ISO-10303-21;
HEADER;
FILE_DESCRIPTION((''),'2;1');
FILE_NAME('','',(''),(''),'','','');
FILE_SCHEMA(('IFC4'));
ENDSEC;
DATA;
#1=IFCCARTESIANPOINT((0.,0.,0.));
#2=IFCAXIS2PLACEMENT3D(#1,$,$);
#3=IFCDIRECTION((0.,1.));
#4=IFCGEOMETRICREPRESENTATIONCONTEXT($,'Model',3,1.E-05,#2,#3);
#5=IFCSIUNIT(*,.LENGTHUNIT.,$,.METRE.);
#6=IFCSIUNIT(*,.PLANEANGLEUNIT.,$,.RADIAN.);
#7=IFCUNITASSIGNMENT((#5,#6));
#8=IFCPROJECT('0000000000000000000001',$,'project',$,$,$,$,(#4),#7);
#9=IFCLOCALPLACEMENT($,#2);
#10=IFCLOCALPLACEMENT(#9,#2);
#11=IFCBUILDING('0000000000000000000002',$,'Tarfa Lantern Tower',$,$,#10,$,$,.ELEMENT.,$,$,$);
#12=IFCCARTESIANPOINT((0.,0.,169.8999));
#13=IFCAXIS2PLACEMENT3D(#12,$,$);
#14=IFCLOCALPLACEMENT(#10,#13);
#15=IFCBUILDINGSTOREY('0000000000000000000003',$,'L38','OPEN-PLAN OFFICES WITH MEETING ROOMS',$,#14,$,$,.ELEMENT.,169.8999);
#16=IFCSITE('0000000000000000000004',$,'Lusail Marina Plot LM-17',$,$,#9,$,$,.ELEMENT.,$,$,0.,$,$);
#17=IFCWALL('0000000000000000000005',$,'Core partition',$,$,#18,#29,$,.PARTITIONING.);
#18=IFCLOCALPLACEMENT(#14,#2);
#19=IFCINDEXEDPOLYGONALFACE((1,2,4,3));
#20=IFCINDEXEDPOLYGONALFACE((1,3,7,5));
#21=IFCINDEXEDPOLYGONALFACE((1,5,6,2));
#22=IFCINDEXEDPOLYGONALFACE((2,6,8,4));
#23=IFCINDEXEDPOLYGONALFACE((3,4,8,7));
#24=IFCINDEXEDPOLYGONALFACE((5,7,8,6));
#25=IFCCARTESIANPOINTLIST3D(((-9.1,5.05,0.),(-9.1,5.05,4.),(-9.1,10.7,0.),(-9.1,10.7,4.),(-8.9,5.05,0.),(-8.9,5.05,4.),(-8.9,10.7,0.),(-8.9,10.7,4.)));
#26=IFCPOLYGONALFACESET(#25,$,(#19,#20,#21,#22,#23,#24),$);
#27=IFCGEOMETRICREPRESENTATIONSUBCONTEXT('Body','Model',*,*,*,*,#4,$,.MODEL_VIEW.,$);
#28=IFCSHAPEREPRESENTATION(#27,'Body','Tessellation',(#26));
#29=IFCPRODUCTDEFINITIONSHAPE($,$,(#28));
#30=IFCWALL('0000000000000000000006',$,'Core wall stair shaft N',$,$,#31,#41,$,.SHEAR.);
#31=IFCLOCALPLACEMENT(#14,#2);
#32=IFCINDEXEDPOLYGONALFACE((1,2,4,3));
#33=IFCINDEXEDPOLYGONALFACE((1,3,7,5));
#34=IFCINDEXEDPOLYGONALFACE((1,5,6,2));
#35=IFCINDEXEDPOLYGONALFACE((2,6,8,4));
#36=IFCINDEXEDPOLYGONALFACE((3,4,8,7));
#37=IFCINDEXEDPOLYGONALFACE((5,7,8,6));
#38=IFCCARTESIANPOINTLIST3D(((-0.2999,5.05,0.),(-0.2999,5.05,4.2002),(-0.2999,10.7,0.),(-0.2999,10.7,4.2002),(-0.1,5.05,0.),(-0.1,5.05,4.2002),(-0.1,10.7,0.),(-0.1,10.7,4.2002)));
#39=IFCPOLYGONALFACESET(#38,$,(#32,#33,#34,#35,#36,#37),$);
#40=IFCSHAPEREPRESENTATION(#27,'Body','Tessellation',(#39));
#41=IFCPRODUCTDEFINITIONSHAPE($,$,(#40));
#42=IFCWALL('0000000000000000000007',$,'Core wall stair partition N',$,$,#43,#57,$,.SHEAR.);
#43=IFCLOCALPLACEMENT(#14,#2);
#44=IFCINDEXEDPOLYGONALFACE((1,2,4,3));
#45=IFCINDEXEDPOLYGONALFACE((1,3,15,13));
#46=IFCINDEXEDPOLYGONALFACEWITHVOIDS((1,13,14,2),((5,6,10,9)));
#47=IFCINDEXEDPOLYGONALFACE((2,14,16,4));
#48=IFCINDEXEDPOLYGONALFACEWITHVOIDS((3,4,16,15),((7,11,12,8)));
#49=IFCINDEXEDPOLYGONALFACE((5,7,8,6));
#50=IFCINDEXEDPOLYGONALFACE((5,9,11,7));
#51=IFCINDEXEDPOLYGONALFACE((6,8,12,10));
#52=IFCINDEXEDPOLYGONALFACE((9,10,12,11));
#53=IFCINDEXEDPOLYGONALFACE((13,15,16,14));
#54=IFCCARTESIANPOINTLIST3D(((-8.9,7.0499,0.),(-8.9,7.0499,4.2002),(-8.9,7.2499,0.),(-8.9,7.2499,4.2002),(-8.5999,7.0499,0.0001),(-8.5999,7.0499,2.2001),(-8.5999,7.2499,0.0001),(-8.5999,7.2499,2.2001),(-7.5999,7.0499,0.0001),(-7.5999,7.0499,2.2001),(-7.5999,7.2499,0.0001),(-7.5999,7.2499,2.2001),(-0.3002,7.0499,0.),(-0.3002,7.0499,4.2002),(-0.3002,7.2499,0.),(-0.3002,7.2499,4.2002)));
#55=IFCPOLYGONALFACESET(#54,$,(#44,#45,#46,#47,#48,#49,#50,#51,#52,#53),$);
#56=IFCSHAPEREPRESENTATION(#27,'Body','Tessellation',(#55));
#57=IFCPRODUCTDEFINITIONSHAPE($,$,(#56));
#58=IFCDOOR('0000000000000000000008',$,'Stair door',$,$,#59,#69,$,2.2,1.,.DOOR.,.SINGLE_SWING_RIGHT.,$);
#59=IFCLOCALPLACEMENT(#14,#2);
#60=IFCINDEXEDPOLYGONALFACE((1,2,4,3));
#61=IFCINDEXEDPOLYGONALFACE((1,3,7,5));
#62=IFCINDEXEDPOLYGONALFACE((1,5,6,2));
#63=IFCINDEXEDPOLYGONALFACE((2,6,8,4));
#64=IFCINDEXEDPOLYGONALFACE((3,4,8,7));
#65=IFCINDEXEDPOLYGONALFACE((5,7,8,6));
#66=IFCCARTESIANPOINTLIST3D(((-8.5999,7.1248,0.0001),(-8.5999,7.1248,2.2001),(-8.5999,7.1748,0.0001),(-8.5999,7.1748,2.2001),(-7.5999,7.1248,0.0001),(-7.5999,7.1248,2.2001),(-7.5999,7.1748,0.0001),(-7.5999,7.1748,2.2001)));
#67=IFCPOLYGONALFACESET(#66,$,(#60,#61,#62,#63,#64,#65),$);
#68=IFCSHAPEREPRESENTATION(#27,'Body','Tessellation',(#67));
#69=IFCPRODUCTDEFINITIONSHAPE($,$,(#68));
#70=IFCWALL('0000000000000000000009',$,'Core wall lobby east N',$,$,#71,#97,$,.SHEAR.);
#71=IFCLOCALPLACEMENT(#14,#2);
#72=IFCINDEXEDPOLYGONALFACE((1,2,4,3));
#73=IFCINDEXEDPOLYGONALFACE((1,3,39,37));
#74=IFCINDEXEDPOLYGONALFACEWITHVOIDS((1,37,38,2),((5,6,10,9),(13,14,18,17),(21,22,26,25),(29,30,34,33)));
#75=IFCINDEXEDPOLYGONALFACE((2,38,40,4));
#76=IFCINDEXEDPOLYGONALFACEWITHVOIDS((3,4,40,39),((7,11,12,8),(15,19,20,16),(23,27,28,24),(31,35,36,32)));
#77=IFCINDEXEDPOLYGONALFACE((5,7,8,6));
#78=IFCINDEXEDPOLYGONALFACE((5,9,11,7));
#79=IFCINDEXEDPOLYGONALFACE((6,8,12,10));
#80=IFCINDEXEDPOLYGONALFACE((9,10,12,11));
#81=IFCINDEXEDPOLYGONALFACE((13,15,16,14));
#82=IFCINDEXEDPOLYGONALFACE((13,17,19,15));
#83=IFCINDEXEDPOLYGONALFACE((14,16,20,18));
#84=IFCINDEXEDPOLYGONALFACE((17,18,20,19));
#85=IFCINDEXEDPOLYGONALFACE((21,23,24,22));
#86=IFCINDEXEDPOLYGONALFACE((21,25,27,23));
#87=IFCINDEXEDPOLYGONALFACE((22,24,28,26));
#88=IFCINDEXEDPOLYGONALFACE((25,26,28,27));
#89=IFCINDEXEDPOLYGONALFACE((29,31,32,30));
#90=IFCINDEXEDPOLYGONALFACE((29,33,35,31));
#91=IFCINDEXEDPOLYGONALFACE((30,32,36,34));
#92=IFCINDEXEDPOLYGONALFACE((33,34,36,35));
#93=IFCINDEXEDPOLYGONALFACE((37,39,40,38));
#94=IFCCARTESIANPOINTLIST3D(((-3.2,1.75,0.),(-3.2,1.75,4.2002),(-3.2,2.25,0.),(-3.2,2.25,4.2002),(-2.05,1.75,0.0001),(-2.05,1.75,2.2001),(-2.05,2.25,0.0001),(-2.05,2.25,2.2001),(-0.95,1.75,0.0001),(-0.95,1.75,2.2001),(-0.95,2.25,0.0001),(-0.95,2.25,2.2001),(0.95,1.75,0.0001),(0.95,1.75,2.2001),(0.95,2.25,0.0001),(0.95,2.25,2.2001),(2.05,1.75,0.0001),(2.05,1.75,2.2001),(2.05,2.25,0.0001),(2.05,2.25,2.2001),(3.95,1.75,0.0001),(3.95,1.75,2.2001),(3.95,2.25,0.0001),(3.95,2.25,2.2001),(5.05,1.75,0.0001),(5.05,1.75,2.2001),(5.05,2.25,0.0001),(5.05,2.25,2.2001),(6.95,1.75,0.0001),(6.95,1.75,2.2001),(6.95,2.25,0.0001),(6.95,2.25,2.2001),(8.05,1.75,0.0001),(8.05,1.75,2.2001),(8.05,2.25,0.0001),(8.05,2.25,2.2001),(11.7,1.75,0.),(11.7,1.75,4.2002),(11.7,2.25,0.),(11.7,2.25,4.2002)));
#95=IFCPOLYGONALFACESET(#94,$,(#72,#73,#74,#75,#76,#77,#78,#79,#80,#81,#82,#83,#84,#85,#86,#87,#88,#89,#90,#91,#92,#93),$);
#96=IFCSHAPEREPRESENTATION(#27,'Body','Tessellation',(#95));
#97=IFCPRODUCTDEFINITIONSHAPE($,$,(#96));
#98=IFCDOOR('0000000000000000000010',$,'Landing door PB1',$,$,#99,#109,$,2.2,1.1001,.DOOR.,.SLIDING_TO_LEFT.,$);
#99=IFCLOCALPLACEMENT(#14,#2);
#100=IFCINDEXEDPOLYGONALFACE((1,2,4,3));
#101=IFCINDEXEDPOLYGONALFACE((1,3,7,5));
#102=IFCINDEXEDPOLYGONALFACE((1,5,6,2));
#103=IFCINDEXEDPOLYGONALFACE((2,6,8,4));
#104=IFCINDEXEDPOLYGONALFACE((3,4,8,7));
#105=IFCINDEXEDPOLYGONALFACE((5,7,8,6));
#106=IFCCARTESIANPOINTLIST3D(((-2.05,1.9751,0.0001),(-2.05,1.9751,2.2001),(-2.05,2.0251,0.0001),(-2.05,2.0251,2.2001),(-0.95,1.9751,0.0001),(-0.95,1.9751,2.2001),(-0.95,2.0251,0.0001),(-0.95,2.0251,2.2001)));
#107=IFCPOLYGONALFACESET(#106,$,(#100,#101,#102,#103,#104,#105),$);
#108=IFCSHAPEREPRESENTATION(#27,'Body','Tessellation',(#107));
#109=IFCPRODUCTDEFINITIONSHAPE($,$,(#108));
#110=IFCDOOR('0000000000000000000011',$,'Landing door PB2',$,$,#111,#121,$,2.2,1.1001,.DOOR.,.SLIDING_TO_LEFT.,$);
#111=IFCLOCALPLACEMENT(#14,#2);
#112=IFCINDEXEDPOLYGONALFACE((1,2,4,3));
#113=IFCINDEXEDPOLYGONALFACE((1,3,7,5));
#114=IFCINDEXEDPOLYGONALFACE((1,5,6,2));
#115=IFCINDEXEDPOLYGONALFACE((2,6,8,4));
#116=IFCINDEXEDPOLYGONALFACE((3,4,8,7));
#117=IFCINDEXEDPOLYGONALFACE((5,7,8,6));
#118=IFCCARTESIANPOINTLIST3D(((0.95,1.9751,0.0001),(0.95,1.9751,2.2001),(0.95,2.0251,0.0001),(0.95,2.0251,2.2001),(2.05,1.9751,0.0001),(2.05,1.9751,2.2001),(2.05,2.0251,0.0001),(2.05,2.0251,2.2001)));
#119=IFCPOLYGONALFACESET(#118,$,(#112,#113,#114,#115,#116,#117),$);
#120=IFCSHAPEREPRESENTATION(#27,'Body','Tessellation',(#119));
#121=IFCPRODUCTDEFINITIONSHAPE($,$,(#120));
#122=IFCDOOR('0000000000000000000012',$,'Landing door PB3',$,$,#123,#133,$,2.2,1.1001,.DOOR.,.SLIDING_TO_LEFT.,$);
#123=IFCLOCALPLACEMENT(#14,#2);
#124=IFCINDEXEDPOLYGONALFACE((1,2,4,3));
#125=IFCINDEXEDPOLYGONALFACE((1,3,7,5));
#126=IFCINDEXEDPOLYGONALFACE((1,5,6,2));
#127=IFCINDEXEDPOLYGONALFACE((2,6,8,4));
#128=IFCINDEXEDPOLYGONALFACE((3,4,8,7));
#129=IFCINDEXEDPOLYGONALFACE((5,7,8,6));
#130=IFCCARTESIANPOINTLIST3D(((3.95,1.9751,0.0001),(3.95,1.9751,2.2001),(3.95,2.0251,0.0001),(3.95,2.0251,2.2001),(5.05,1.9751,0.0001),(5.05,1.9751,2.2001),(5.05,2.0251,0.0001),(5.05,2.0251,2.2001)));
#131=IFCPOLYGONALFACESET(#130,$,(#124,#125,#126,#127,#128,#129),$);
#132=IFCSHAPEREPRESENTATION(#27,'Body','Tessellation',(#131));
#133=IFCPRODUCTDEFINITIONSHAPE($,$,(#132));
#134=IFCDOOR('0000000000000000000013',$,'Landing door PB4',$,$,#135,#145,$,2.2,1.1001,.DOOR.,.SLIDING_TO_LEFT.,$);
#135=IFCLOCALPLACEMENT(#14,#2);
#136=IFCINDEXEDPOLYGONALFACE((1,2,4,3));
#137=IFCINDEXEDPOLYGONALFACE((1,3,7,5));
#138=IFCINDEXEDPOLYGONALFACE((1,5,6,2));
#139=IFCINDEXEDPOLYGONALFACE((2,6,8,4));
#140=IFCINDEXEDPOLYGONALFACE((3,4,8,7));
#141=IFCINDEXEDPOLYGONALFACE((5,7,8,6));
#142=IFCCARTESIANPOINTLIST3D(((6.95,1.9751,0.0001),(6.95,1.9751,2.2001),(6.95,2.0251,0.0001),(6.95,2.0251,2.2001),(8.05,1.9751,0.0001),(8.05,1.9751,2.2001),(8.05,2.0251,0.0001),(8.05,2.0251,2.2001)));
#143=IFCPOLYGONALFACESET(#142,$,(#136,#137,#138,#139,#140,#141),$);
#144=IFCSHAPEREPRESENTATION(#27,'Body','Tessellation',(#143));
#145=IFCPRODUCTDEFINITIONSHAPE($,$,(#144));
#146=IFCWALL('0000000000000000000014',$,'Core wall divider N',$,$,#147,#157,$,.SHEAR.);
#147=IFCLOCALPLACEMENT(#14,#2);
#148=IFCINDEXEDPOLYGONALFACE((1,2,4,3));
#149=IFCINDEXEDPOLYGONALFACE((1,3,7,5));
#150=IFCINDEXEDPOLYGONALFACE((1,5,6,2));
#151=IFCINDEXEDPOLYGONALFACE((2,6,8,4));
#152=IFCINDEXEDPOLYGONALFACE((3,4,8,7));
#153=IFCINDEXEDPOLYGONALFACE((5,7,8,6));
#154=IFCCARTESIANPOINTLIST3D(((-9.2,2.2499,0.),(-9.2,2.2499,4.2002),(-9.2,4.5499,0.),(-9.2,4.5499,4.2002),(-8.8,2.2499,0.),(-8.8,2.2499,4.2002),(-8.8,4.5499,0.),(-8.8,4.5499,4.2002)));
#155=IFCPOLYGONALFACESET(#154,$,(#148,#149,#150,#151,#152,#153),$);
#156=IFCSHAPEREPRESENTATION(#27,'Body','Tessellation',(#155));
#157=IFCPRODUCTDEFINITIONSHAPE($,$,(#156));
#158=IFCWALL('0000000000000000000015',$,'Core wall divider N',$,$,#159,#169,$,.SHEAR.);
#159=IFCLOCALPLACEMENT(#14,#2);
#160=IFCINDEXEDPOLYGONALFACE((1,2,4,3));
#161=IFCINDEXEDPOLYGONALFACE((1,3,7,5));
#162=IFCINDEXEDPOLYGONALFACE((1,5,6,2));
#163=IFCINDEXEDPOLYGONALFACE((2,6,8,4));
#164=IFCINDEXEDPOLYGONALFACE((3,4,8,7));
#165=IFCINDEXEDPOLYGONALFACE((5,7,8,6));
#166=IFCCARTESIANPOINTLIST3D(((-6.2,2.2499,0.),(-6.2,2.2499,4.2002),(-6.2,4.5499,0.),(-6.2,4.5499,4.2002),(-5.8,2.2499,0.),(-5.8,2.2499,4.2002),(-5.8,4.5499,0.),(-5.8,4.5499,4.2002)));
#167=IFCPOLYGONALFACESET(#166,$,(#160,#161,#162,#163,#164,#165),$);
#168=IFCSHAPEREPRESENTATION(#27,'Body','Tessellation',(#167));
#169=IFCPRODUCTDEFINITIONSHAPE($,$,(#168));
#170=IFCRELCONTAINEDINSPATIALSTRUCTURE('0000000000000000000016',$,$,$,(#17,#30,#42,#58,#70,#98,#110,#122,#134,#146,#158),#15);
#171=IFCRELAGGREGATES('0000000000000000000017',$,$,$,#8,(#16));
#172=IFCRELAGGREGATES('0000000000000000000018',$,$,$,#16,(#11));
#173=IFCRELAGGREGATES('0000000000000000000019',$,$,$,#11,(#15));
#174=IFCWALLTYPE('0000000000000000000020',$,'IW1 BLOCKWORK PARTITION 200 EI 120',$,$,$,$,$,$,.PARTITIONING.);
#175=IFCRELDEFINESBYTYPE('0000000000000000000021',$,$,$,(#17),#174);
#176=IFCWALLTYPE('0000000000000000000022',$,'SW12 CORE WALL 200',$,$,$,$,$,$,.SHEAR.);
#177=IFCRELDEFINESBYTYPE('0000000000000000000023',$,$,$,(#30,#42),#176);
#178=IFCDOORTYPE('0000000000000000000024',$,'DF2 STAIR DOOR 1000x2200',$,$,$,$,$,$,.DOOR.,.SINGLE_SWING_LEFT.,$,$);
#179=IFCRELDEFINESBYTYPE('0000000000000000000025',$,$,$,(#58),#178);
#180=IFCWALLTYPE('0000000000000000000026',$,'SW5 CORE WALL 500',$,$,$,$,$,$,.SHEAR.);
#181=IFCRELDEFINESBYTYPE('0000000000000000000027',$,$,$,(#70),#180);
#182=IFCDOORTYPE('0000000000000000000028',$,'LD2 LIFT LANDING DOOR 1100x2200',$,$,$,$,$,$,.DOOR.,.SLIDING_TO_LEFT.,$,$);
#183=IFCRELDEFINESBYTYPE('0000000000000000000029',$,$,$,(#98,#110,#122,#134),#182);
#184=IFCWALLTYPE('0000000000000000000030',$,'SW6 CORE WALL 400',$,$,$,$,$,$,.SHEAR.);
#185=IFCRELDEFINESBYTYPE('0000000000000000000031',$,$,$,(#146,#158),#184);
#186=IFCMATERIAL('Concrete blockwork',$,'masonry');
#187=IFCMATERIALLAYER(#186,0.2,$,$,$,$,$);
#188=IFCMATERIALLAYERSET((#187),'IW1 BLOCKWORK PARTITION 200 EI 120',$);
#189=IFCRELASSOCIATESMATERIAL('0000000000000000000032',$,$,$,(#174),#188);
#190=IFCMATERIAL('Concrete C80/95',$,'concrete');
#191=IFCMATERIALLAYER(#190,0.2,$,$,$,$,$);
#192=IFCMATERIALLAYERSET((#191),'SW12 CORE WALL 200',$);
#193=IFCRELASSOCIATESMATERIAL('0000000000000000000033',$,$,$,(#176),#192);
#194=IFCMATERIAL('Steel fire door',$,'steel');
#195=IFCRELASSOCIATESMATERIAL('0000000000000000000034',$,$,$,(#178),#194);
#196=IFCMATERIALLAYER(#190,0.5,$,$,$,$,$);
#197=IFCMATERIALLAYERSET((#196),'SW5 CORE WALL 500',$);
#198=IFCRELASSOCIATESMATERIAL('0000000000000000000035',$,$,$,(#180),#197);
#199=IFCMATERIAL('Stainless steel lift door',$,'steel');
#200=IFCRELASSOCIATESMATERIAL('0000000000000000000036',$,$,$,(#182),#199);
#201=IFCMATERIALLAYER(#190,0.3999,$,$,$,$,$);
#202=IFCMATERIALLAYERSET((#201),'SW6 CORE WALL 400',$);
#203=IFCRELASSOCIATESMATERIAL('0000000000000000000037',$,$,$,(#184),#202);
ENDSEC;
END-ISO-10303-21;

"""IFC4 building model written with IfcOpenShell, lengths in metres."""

from ifc_helpers import new_model, si_unit, direction, frame, frame_2d, origin, place, context, subcontext, project, spatial, rectangle, extrude, material, layer, layer_set, type_object, element, fill, save


model = new_model("IFC4")

# Units and contexts
model_context = context("Model", 3, precision=1e-05, world=origin(), true_north=direction((0.0, 1.0)))
body_context = subcontext(model_context, "Body", "Model", "MODEL_VIEW")
ifc_project = project(units=[si_unit("LENGTHUNIT", "METRE"), si_unit("PLANEANGLEUNIT", "RADIAN")], contexts=[model_context])

# Site, building, storey
site_placement = place(None, origin())
site = spatial("IfcSite", under=ifc_project, at=site_placement, Name="Lusail Marina Plot LM-17", CompositionType="ELEMENT", RefElevation=0.0)
building_placement = place(site_placement, origin())
building = spatial("IfcBuilding", under=site, at=building_placement, Name="Tarfa Lantern Tower", CompositionType="ELEMENT")
storey_placement = place(building_placement, frame((0.0, 0.0, 169.8999)))
storey = spatial("IfcBuildingStorey", under=building, at=storey_placement, Name="L38", Description="OPEN-PLAN OFFICES WITH MEETING ROOMS", CompositionType="ELEMENT", Elevation=169.8999)

# Walls
ifc_material_1 = material(Name="Concrete blockwork", Category="masonry")
ifc_layer_1 = layer(ifc_material_1, 0.2)
ifc_layer_set_1 = layer_set([ifc_layer_1], Name="IW1 BLOCKWORK PARTITION 200 EI 120")
wall_type_1 = type_object("IfcWallType", Name="IW1 BLOCKWORK PARTITION 200 EI 120", PredefinedType="PARTITIONING", material=ifc_layer_set_1)
wall_1_placement = place(storey_placement, frame((-9.0, 5.05, 0.0), z_axis=(0.0, 0.0, 1.0), x_axis=(0.0, 1.0, 0.0)))
element("IfcWall", 1, at=wall_1_placement, inside=storey, type_object=wall_type_1, Name="Core partition", PredefinedType="PARTITIONING", context=body_context, shape_type="SweptSolid", body=[
    extrude(rectangle(XDim=5.6499, YDim=0.2, at=frame_2d((2.825, 0.0))), origin(), (0.0, 0.0, 1.0), 4.0),
])
ifc_material_2 = material(Name="Concrete C80/95", Category="concrete")
ifc_layer_2 = layer(ifc_material_2, 0.2)
ifc_layer_set_2 = layer_set([ifc_layer_2], Name="SW12 CORE WALL 200")
wall_type_2 = type_object("IfcWallType", Name="SW12 CORE WALL 200", PredefinedType="SHEAR", material=ifc_layer_set_2)
wall_2_placement = place(storey_placement, frame((-0.2, 5.05, 0.0), z_axis=(0.0, 0.0, 1.0), x_axis=(0.0, 1.0, 0.0)))
element("IfcWall", 2, at=wall_2_placement, inside=storey, type_object=wall_type_2, Name="Core wall stair shaft N", PredefinedType="SHEAR", context=body_context, shape_type="SweptSolid", body=[
    extrude(rectangle(XDim=5.6499, YDim=0.2, at=frame_2d((2.825, 0.0))), origin(), (0.0, 0.0, 1.0), 4.2002),
])

# Wall, opening, door
wall_3_placement = place(storey_placement, frame((-8.8999, 7.1499, 0.0), z_axis=(0.0, 0.0, 1.0), x_axis=(1.0, 0.0, 0.0)))
wall_3 = element("IfcWall", 3, at=wall_3_placement, inside=storey, type_object=wall_type_2, Name="Core wall stair partition N", PredefinedType="SHEAR", context=body_context, shape_type="SweptSolid", body=[
    extrude(rectangle(XDim=8.5999, YDim=0.2, at=frame_2d((4.2998, 0.0))), origin(), (0.0, 0.0, 1.0), 4.2002),
])
opening_1_placement = place(wall_3_placement, frame((0.3, 0.0, 0.0)))
opening_1 = element("IfcOpeningElement", 4, at=opening_1_placement, cuts=wall_3, PredefinedType="OPENING", context=body_context, shape_type="SweptSolid", body=[
    extrude(rectangle(XDim=1.0, YDim=2.2, at=frame_2d((0.5, 1.1001))), frame((0.0, 0.1099, 0.0), z_axis=(0.0, -1.0, 0.0), x_axis=(1.0, 0.0, 0.0)), (0.0, 0.0, 1.0), 0.22),
])
ifc_material_3 = material(Name="Steel fire door", Category="steel")
door_type_1 = type_object("IfcDoorType", Name="DF2 STAIR DOOR 1000x2200", OperationType="SINGLE_SWING_LEFT", PredefinedType="DOOR", material=ifc_material_3)
door_1_placement = place(opening_1_placement, origin())
door_1 = element("IfcDoor", 5, at=door_1_placement, inside=storey, type_object=door_type_1, Name="Stair door", OperationType="SINGLE_SWING_RIGHT", OverallHeight=2.2, OverallWidth=1.0, PredefinedType="DOOR", context=body_context, shape_type="SweptSolid", body=[
    extrude(rectangle(XDim=1.0, YDim=2.2, at=frame_2d((0.5, 1.1001))), frame((0.0, 0.0249, 0.0), z_axis=(0.0, -1.0, 0.0), x_axis=(1.0, 0.0, 0.0)), (0.0, 0.0, 1.0), 0.05),
])
fill(opening_1, door_1)

# Wall, openings, doors
ifc_layer_3 = layer(ifc_material_2, 0.5)
ifc_layer_set_3 = layer_set([ifc_layer_3], Name="SW5 CORE WALL 500")
wall_type_3 = type_object("IfcWallType", Name="SW5 CORE WALL 500", PredefinedType="SHEAR", material=ifc_layer_set_3)
wall_4_placement = place(storey_placement, frame((-3.2, 2.0, 0.0), z_axis=(0.0, 0.0, 1.0), x_axis=(1.0, 0.0, 0.0)))
wall_4 = element("IfcWall", 6, at=wall_4_placement, inside=storey, type_object=wall_type_3, Name="Core wall lobby east N", PredefinedType="SHEAR", context=body_context, shape_type="SweptSolid", body=[
    extrude(rectangle(XDim=14.8999, YDim=0.5, at=frame_2d((7.45, 0.0))), origin(), (0.0, 0.0, 1.0), 4.2002),
])
opening_2_placement = place(wall_4_placement, frame((1.1499, 0.0, 0.0)))
opening_2 = element("IfcOpeningElement", 7, at=opening_2_placement, cuts=wall_4, PredefinedType="OPENING", context=body_context, shape_type="SweptSolid", body=[
    extrude(rectangle(XDim=1.1001, YDim=2.2, at=frame_2d((0.55, 1.1001))), frame((0.0, 0.26, 0.0), z_axis=(0.0, -1.0, 0.0), x_axis=(1.0, 0.0, 0.0)), (0.0, 0.0, 1.0), 0.52),
])
opening_3_placement = place(wall_4_placement, frame((4.1499, 0.0, 0.0)))
opening_3 = element("IfcOpeningElement", 8, at=opening_3_placement, cuts=wall_4, PredefinedType="OPENING", context=body_context, shape_type="SweptSolid", body=[
    extrude(rectangle(XDim=1.1001, YDim=2.2, at=frame_2d((0.55, 1.1001))), frame((0.0, 0.26, 0.0), z_axis=(0.0, -1.0, 0.0), x_axis=(1.0, 0.0, 0.0)), (0.0, 0.0, 1.0), 0.52),
])
opening_4_placement = place(wall_4_placement, frame((7.1499, 0.0, 0.0)))
opening_4 = element("IfcOpeningElement", 9, at=opening_4_placement, cuts=wall_4, PredefinedType="OPENING", context=body_context, shape_type="SweptSolid", body=[
    extrude(rectangle(XDim=1.1001, YDim=2.2, at=frame_2d((0.55, 1.1001))), frame((0.0, 0.26, 0.0), z_axis=(0.0, -1.0, 0.0), x_axis=(1.0, 0.0, 0.0)), (0.0, 0.0, 1.0), 0.52),
])
opening_5_placement = place(wall_4_placement, frame((10.1499, 0.0, 0.0)))
opening_5 = element("IfcOpeningElement", 10, at=opening_5_placement, cuts=wall_4, PredefinedType="OPENING", context=body_context, shape_type="SweptSolid", body=[
    extrude(rectangle(XDim=1.1001, YDim=2.2, at=frame_2d((0.55, 1.1001))), frame((0.0, 0.26, 0.0), z_axis=(0.0, -1.0, 0.0), x_axis=(1.0, 0.0, 0.0)), (0.0, 0.0, 1.0), 0.52),
])
ifc_material_4 = material(Name="Stainless steel lift door", Category="steel")
door_type_2 = type_object("IfcDoorType", Name="LD2 LIFT LANDING DOOR 1100x2200", OperationType="SLIDING_TO_LEFT", PredefinedType="DOOR", material=ifc_material_4)
door_2_placement = place(opening_2_placement, frame((1.1001, 0.0, 0.0), z_axis=(0.0, 0.0, 1.0), x_axis=(-1.0, 0.0, 0.0)))
door_2 = element("IfcDoor", 11, at=door_2_placement, inside=storey, type_object=door_type_2, Name="Landing door PB1", OperationType="SLIDING_TO_LEFT", OverallHeight=2.2, OverallWidth=1.1001, PredefinedType="DOOR", context=body_context, shape_type="SweptSolid", body=[
    extrude(rectangle(XDim=1.1001, YDim=2.2, at=frame_2d((0.55, 1.1001))), frame((0.0, 0.0249, 0.0), z_axis=(0.0, -1.0, 0.0), x_axis=(1.0, 0.0, 0.0)), (0.0, 0.0, 1.0), 0.05),
])
fill(opening_2, door_2)
door_3_placement = place(opening_3_placement, frame((1.1001, 0.0, 0.0), z_axis=(0.0, 0.0, 1.0), x_axis=(-1.0, 0.0, 0.0)))
door_3 = element("IfcDoor", 12, at=door_3_placement, inside=storey, type_object=door_type_2, Name="Landing door PB2", OperationType="SLIDING_TO_LEFT", OverallHeight=2.2, OverallWidth=1.1001, PredefinedType="DOOR", context=body_context, shape_type="SweptSolid", body=[
    extrude(rectangle(XDim=1.1001, YDim=2.2, at=frame_2d((0.55, 1.1001))), frame((0.0, 0.0249, 0.0), z_axis=(0.0, -1.0, 0.0), x_axis=(1.0, 0.0, 0.0)), (0.0, 0.0, 1.0), 0.05),
])
fill(opening_3, door_3)
door_4_placement = place(opening_4_placement, frame((1.1001, 0.0, 0.0), z_axis=(0.0, 0.0, 1.0), x_axis=(-1.0, 0.0, 0.0)))
door_4 = element("IfcDoor", 13, at=door_4_placement, inside=storey, type_object=door_type_2, Name="Landing door PB3", OperationType="SLIDING_TO_LEFT", OverallHeight=2.2, OverallWidth=1.1001, PredefinedType="DOOR", context=body_context, shape_type="SweptSolid", body=[
    extrude(rectangle(XDim=1.1001, YDim=2.2, at=frame_2d((0.55, 1.1001))), frame((0.0, 0.0249, 0.0), z_axis=(0.0, -1.0, 0.0), x_axis=(1.0, 0.0, 0.0)), (0.0, 0.0, 1.0), 0.05),
])
fill(opening_4, door_4)
door_5_placement = place(opening_5_placement, frame((1.1001, 0.0, 0.0), z_axis=(0.0, 0.0, 1.0), x_axis=(-1.0, 0.0, 0.0)))
door_5 = element("IfcDoor", 14, at=door_5_placement, inside=storey, type_object=door_type_2, Name="Landing door PB4", OperationType="SLIDING_TO_LEFT", OverallHeight=2.2, OverallWidth=1.1001, PredefinedType="DOOR", context=body_context, shape_type="SweptSolid", body=[
    extrude(rectangle(XDim=1.1001, YDim=2.2, at=frame_2d((0.55, 1.1001))), frame((0.0, 0.0249, 0.0), z_axis=(0.0, -1.0, 0.0), x_axis=(1.0, 0.0, 0.0)), (0.0, 0.0, 1.0), 0.05),
])
fill(opening_5, door_5)

# Walls
ifc_layer_4 = layer(ifc_material_2, 0.3999)
ifc_layer_set_4 = layer_set([ifc_layer_4], Name="SW6 CORE WALL 400")
wall_type_4 = type_object("IfcWallType", Name="SW6 CORE WALL 400", PredefinedType="SHEAR", material=ifc_layer_set_4)
for number, where, z_axis, x_axis, name in (
    (15, (-9.0, 2.25, 0.0), (0.0, 0.0, 1.0), (0.0, 1.0, 0.0), "Core wall divider N"),
    (16, (-6.0, 2.25, 0.0), (0.0, 0.0, 1.0), (0.0, 1.0, 0.0), "Core wall divider N"),
):
    element("IfcWall", number, at=place(storey_placement, frame(where, z_axis=z_axis, x_axis=x_axis)), inside=storey, type_object=wall_type_4, Name=name, PredefinedType="SHEAR", context=body_context, shape_type="SweptSolid", body=[
        extrude(rectangle(XDim=2.3, YDim=0.3999, at=frame_2d((1.1499, 0.0))), origin(), (0.0, 0.0, 1.0), 4.2002),
    ])

save(model, "model.ifc")
